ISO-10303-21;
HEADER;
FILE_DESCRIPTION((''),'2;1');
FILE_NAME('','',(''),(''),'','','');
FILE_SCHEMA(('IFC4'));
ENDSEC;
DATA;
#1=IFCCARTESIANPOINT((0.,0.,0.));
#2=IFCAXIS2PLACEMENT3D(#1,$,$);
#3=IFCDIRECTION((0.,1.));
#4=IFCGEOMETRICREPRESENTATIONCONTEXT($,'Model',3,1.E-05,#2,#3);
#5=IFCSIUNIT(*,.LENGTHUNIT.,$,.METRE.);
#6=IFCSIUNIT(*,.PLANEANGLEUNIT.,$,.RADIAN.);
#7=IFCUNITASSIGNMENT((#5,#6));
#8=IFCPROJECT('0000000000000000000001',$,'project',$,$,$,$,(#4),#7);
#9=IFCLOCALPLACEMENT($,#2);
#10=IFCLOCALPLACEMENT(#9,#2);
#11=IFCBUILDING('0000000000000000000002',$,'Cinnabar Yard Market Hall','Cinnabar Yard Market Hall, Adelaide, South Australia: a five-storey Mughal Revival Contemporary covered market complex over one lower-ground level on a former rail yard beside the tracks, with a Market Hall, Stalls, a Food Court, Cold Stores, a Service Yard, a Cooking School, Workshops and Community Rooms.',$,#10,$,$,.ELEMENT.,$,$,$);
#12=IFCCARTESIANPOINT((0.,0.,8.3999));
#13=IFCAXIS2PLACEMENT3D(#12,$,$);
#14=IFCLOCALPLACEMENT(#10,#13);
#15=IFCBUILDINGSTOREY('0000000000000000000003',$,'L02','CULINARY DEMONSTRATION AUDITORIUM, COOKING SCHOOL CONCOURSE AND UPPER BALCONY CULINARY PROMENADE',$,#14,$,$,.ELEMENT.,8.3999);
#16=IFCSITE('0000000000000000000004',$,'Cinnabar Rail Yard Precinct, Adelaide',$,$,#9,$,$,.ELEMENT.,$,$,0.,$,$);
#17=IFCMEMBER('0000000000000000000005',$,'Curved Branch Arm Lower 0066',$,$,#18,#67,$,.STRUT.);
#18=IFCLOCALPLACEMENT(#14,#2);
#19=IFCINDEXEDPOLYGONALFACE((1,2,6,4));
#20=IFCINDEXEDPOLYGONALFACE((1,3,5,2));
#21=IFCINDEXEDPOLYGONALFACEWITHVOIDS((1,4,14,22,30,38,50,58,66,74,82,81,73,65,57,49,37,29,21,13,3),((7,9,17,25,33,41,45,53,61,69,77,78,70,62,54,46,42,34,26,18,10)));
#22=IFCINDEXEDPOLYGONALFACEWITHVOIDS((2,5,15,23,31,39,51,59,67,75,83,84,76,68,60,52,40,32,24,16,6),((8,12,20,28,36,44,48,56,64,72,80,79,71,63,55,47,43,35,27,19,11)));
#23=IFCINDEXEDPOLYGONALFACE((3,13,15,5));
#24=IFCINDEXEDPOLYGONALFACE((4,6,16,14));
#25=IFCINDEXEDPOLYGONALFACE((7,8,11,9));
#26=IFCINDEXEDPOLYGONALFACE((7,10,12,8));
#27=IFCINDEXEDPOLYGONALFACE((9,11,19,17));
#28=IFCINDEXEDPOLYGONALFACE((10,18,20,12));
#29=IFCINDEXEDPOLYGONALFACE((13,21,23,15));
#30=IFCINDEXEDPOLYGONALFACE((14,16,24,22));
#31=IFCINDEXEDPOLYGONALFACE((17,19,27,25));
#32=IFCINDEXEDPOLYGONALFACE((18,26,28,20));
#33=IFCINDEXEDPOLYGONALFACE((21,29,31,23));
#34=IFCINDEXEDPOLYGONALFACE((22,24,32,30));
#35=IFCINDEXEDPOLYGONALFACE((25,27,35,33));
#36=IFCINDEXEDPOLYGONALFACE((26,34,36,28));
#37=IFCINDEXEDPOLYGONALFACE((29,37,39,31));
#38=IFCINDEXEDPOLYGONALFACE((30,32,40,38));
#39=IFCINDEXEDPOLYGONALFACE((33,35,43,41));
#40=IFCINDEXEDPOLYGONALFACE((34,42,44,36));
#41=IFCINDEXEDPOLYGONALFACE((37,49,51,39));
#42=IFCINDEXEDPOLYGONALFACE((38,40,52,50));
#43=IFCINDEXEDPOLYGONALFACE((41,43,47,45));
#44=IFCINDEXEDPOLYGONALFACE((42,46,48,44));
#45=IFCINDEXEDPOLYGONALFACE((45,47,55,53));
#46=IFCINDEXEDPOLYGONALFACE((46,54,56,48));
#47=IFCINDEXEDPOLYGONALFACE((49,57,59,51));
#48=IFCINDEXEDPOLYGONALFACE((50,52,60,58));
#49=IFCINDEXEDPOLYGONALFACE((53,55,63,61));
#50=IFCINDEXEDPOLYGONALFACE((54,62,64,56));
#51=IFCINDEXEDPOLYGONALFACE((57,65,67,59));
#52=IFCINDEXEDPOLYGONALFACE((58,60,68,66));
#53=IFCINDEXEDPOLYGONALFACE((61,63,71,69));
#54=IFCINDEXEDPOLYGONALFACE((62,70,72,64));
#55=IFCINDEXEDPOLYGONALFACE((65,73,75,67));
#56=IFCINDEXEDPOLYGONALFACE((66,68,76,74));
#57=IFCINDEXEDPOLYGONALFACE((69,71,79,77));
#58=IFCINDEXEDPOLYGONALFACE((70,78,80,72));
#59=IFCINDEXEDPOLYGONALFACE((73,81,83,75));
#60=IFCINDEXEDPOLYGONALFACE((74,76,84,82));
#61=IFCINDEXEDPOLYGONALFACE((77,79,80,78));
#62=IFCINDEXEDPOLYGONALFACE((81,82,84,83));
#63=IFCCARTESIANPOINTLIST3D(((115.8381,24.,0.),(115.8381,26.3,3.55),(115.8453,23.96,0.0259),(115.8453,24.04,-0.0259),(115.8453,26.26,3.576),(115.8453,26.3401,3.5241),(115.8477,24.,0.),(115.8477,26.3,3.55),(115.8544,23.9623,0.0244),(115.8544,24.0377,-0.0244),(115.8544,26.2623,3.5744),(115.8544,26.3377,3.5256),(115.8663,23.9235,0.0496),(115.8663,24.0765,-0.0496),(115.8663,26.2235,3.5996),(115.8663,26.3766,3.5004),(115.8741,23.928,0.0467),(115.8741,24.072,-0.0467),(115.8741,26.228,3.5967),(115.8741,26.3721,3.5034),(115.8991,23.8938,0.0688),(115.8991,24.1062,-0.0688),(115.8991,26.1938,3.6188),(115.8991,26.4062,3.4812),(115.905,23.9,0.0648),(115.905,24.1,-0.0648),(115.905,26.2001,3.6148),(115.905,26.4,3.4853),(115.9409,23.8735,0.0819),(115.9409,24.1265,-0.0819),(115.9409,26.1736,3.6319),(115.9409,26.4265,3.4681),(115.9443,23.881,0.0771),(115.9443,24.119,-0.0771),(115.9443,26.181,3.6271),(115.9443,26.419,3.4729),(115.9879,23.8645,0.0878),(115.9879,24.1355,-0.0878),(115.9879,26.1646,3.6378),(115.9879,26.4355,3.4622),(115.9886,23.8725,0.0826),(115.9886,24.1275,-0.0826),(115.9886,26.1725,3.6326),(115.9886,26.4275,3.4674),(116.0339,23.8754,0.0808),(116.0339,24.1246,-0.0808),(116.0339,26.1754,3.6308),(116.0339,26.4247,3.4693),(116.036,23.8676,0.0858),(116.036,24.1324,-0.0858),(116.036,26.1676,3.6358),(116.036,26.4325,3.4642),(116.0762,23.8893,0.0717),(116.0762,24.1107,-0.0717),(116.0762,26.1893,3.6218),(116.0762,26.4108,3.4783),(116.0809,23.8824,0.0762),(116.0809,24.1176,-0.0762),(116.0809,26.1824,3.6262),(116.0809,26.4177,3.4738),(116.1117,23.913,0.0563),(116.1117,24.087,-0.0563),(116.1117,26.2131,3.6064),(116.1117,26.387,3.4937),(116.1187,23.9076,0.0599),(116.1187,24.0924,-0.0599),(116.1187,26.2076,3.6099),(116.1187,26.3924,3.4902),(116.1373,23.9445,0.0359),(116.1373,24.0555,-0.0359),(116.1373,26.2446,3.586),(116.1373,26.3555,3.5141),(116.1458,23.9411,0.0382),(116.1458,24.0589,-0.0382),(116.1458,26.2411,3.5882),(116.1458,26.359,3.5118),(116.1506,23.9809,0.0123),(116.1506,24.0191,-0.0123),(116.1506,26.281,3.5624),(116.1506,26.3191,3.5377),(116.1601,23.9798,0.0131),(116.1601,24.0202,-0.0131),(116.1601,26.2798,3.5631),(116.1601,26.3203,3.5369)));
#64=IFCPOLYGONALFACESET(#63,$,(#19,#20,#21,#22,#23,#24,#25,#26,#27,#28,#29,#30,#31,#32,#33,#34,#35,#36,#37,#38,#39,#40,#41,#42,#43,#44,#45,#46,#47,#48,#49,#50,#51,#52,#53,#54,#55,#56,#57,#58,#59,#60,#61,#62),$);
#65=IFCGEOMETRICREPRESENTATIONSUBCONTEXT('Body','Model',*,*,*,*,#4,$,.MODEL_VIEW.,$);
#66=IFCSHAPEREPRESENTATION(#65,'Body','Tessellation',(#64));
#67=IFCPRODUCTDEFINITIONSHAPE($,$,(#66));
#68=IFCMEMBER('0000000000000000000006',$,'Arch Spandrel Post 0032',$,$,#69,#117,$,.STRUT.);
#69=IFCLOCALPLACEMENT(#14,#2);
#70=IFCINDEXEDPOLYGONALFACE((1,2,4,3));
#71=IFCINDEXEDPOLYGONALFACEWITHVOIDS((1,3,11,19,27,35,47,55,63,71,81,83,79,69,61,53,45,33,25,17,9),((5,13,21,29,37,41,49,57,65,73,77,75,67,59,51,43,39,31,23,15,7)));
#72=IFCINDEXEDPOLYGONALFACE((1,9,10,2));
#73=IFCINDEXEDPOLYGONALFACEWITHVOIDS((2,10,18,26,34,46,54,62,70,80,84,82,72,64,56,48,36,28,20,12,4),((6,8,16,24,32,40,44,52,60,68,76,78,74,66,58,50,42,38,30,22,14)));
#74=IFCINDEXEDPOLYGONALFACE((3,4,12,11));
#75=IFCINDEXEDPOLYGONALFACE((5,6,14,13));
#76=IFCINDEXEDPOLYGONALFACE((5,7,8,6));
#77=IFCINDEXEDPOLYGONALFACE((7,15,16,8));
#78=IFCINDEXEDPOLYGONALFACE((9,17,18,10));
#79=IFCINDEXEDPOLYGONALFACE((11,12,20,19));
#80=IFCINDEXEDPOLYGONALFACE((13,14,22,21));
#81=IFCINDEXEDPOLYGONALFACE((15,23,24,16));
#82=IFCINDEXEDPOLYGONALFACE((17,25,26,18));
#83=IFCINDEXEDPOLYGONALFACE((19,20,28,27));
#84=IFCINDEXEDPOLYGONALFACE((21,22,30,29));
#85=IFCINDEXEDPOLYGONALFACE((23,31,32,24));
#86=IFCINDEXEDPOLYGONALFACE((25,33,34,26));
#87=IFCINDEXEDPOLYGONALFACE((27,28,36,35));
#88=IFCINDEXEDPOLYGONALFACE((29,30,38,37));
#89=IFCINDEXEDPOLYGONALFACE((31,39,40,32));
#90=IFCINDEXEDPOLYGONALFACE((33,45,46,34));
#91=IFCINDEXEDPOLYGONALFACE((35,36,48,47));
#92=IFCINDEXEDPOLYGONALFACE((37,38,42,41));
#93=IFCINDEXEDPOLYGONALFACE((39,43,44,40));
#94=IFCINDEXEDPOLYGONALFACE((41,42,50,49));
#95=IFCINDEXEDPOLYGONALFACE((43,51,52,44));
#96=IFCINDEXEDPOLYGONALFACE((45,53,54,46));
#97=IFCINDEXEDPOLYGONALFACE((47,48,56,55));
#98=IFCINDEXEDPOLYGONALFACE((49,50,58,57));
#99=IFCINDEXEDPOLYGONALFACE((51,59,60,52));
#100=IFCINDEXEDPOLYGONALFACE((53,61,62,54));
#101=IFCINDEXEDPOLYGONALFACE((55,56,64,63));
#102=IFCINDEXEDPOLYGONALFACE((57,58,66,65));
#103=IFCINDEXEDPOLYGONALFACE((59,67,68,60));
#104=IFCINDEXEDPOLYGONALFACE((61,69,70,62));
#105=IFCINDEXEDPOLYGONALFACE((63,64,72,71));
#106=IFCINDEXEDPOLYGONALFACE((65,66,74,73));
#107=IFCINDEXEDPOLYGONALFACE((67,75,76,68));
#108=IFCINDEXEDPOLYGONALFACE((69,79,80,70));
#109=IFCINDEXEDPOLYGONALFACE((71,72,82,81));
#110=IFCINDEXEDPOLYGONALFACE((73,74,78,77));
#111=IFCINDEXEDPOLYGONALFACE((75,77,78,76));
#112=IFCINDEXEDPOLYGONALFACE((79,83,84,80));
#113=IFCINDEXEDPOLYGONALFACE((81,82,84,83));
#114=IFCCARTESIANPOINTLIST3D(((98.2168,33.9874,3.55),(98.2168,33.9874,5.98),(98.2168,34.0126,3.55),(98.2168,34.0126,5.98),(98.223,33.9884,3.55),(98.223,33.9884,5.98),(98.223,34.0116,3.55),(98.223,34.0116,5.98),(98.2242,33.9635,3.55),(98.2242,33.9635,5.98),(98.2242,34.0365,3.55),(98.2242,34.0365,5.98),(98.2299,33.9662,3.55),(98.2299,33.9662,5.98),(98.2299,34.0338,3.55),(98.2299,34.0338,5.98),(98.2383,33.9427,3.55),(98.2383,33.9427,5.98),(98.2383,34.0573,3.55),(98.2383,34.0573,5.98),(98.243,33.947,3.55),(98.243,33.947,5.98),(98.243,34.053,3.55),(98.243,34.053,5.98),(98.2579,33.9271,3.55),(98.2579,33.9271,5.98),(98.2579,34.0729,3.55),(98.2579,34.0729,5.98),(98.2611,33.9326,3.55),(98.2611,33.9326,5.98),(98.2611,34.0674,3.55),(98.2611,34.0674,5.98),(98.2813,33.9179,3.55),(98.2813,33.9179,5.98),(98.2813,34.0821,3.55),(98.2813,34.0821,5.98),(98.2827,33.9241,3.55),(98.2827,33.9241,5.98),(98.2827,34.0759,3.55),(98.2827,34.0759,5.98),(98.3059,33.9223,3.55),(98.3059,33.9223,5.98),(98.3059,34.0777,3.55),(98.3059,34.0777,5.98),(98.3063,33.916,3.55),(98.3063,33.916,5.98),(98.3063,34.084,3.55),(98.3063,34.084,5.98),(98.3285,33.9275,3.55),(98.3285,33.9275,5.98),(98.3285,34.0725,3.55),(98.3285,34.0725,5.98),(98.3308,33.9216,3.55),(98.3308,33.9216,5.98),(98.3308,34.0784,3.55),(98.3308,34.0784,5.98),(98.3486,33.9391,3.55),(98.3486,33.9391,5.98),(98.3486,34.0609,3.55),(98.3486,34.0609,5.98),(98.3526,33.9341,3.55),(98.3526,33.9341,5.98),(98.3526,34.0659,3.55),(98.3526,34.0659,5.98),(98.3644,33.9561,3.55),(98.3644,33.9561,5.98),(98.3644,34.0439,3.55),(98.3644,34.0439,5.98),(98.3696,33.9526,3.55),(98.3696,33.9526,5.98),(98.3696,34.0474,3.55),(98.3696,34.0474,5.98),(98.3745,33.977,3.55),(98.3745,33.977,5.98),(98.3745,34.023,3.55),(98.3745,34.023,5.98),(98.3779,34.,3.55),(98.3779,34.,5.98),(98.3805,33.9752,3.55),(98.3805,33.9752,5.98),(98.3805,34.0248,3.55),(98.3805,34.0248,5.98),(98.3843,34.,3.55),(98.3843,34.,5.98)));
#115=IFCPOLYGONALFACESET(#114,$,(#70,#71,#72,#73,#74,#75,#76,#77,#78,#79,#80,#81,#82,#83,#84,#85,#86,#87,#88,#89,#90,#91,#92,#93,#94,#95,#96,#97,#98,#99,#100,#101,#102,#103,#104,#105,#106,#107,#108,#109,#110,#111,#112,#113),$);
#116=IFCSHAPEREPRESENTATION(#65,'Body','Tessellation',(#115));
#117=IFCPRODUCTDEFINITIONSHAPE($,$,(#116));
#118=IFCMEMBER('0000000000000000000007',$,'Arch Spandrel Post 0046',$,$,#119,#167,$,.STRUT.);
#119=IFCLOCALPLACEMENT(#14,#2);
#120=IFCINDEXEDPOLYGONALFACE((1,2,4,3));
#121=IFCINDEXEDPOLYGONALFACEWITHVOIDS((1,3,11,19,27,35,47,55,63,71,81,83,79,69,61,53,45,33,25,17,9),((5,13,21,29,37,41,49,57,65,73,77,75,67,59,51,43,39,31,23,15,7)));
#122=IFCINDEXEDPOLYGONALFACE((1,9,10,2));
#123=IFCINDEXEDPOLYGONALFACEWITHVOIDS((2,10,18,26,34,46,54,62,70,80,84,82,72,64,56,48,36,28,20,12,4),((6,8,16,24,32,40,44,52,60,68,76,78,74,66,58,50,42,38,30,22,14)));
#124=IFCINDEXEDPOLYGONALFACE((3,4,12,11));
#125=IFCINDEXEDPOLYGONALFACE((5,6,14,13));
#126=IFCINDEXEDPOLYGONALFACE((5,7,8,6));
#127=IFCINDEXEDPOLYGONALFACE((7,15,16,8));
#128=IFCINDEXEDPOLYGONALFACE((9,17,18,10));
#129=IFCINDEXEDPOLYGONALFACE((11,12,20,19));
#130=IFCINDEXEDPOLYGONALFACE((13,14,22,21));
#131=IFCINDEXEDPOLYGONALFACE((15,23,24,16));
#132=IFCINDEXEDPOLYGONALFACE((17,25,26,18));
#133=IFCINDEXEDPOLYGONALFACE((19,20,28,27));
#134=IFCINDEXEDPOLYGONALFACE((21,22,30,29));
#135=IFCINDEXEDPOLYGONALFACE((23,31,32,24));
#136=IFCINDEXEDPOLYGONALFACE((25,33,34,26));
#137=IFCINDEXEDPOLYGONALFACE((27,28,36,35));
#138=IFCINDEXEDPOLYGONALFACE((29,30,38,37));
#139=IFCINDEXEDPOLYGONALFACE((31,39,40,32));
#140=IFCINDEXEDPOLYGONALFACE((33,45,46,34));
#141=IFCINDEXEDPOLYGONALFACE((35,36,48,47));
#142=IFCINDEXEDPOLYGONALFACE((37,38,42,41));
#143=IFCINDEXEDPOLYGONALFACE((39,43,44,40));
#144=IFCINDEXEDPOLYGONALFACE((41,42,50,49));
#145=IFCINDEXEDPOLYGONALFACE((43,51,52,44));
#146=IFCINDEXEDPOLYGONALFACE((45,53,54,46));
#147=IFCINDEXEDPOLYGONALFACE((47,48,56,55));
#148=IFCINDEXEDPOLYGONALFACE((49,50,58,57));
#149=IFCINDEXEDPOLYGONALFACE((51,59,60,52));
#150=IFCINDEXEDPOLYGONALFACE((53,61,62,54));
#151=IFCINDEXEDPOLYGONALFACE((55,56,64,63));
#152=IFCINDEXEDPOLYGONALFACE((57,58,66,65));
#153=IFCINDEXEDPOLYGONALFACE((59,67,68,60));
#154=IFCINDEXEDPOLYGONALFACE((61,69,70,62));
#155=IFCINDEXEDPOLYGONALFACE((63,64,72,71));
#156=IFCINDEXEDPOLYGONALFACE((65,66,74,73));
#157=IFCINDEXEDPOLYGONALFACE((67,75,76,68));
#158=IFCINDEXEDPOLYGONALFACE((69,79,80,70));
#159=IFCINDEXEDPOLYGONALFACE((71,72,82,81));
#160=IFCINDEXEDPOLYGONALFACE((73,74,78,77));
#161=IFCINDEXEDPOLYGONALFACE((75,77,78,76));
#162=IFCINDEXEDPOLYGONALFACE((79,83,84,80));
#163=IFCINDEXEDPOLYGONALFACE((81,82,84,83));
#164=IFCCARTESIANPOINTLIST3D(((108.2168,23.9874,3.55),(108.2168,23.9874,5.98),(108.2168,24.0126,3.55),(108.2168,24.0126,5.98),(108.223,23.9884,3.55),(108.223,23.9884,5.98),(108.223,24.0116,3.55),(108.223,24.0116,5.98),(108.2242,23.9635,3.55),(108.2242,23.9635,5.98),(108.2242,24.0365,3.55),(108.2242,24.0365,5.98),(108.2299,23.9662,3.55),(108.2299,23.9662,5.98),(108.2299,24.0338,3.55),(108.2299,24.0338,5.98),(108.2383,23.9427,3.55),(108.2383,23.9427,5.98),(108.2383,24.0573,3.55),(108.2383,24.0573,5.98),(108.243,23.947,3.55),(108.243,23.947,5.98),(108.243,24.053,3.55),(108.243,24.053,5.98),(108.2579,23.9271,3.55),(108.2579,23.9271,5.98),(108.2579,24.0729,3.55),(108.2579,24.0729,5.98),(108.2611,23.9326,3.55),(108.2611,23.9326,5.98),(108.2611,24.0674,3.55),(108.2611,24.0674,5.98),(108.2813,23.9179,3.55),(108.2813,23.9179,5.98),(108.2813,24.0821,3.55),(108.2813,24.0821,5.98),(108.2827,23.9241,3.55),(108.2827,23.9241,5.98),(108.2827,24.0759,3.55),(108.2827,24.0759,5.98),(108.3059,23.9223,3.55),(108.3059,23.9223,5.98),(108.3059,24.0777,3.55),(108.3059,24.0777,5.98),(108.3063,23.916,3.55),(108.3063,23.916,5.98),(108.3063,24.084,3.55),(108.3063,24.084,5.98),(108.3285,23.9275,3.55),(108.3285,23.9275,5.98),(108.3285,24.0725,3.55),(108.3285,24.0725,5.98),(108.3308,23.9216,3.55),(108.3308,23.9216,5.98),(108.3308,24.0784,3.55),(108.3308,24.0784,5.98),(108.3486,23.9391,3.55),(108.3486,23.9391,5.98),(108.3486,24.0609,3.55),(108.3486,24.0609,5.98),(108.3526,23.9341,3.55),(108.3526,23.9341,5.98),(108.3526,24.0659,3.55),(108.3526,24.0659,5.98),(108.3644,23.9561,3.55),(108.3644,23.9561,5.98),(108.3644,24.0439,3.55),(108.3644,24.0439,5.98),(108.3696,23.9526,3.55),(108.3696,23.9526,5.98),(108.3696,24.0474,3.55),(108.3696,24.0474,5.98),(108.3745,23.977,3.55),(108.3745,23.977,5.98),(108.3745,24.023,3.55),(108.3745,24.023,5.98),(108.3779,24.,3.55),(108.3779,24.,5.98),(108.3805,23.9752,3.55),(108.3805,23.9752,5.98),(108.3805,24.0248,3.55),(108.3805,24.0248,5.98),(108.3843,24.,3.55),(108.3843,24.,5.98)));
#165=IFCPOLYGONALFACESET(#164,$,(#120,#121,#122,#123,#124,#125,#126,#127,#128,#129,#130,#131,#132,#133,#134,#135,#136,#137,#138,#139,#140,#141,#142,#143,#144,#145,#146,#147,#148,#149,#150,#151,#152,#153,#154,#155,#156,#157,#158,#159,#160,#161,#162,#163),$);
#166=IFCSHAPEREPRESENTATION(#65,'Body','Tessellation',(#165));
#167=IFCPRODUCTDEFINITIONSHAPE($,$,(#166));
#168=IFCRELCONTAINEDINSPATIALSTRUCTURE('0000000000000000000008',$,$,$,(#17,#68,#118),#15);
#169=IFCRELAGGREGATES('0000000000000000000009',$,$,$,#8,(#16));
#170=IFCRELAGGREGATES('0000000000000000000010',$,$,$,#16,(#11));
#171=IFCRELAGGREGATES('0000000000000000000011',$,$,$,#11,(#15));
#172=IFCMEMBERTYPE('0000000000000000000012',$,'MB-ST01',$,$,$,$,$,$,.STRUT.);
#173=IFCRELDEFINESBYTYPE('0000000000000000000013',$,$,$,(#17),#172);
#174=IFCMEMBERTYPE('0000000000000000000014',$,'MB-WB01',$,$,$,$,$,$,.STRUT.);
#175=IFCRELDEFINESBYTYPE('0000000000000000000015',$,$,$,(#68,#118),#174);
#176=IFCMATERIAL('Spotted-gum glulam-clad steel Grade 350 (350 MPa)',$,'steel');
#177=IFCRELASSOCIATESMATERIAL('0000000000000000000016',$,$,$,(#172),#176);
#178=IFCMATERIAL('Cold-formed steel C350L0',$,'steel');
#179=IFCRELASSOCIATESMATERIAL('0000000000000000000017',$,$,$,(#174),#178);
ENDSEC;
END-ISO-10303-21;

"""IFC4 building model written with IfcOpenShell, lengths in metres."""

from ifc_helpers import new_model, si_unit, direction, frame, origin, origin_2d_with_axis, place, context, subcontext, project, spatial, hollow_circle, extrude, material, material_profile, profile_set, type_object, element, save


model = new_model("IFC4")

# Units and contexts
model_context = context("Model", 3, precision=1e-05, world=origin(), true_north=direction((0.0, 1.0)))
body_context = subcontext(model_context, "Body", "Model", "MODEL_VIEW")
ifc_project = project(units=[si_unit("LENGTHUNIT", "METRE"), si_unit("PLANEANGLEUNIT", "RADIAN")], contexts=[model_context])

# Site, building, storey
site_placement = place(None, origin())
site = spatial("IfcSite", under=ifc_project, at=site_placement, Name="Cinnabar Rail Yard Precinct, Adelaide", CompositionType="ELEMENT", RefElevation=0.0)
building_placement = place(site_placement, origin())
building = spatial("IfcBuilding", under=site, at=building_placement, Name="Cinnabar Yard Market Hall", Description="Cinnabar Yard Market Hall, Adelaide, South Australia: a five-storey Mughal Revival Contemporary covered market complex over one lower-ground level on a former rail yard beside the tracks, with a Market Hall, Stalls, a Food Court, Cold Stores, a Service Yard, a Cooking School, Workshops and Community Rooms.", CompositionType="ELEMENT")
storey_placement = place(building_placement, frame((0.0, 0.0, 8.3999)))
storey = spatial("IfcBuildingStorey", under=building, at=storey_placement, Name="L02", Description="CULINARY DEMONSTRATION AUDITORIUM, COOKING SCHOOL CONCOURSE AND UPPER BALCONY CULINARY PROMENADE", CompositionType="ELEMENT", Elevation=8.3999)

# Shared definitions
ifc_material_1 = material(Name="Spotted-gum glulam-clad steel Grade 350 (350 MPa)", Category="steel")

# Members
ifc_material_profile_1 = material_profile(ifc_material_1, hollow_circle(Radius=0.1619, WallThickness=0.0095, at=origin_2d_with_axis()), Name="323.9x9.5CHS")
ifc_profile_set_1 = profile_set([ifc_material_profile_1], Name="Spotted-gum glulam-clad steel Grade 350 (350 MPa)")
member_type_1 = type_object("IfcMemberType", Name="MB-ST01", PredefinedType="STRUT", material=ifc_profile_set_1)
for number, where, z_axis, x_axis, name in (
    (1, (116.0, 24.0, 0.0), (0.0, 0.543744, 0.839251), (-1.0, 0.0, 0.0), "Curved Branch Arm Lower 0066"),
):
    element("IfcMember", number, at=place(storey_placement, frame(where, z_axis=z_axis, x_axis=x_axis)), inside=storey, type_object=member_type_1, Name=name, PredefinedType="STRUT", context=body_context, shape_type="SweptSolid", body=[
        extrude(hollow_circle(Radius=0.1619, WallThickness=0.0095, at=origin_2d_with_axis()), origin(), (0.0, 0.0, 1.0), 4.23),
    ])
ifc_material_2 = material(Name="Cold-formed steel C350L0", Category="steel")
ifc_material_profile_2 = material_profile(ifc_material_2, hollow_circle(Radius=0.0842, WallThickness=0.0063, at=origin_2d_with_axis()), Name="168.3x6.4CHS")
ifc_profile_set_2 = profile_set([ifc_material_profile_2], Name="Cold-formed steel C350L0")
member_type_2 = type_object("IfcMemberType", Name="MB-WB01", PredefinedType="STRUT", material=ifc_profile_set_2)
for number, where, z_axis, x_axis, name in (
    (2, (98.3, 34.0, 3.55), (0.0, 0.0, 1.0), (1.0, 0.0, 0.0), "Arch Spandrel Post 0032"),
    (3, (108.3, 24.0, 3.55), (0.0, 0.0, 1.0), (1.0, 0.0, 0.0), "Arch Spandrel Post 0046"),
):
    element("IfcMember", number, at=place(storey_placement, frame(where, z_axis=z_axis, x_axis=x_axis)), inside=storey, type_object=member_type_2, Name=name, PredefinedType="STRUT", context=body_context, shape_type="SweptSolid", body=[
        extrude(hollow_circle(Radius=0.0842, WallThickness=0.0063, at=origin_2d_with_axis()), origin(), (0.0, 0.0, 1.0), 2.4299),
    ])

save(model, "model.ifc")
